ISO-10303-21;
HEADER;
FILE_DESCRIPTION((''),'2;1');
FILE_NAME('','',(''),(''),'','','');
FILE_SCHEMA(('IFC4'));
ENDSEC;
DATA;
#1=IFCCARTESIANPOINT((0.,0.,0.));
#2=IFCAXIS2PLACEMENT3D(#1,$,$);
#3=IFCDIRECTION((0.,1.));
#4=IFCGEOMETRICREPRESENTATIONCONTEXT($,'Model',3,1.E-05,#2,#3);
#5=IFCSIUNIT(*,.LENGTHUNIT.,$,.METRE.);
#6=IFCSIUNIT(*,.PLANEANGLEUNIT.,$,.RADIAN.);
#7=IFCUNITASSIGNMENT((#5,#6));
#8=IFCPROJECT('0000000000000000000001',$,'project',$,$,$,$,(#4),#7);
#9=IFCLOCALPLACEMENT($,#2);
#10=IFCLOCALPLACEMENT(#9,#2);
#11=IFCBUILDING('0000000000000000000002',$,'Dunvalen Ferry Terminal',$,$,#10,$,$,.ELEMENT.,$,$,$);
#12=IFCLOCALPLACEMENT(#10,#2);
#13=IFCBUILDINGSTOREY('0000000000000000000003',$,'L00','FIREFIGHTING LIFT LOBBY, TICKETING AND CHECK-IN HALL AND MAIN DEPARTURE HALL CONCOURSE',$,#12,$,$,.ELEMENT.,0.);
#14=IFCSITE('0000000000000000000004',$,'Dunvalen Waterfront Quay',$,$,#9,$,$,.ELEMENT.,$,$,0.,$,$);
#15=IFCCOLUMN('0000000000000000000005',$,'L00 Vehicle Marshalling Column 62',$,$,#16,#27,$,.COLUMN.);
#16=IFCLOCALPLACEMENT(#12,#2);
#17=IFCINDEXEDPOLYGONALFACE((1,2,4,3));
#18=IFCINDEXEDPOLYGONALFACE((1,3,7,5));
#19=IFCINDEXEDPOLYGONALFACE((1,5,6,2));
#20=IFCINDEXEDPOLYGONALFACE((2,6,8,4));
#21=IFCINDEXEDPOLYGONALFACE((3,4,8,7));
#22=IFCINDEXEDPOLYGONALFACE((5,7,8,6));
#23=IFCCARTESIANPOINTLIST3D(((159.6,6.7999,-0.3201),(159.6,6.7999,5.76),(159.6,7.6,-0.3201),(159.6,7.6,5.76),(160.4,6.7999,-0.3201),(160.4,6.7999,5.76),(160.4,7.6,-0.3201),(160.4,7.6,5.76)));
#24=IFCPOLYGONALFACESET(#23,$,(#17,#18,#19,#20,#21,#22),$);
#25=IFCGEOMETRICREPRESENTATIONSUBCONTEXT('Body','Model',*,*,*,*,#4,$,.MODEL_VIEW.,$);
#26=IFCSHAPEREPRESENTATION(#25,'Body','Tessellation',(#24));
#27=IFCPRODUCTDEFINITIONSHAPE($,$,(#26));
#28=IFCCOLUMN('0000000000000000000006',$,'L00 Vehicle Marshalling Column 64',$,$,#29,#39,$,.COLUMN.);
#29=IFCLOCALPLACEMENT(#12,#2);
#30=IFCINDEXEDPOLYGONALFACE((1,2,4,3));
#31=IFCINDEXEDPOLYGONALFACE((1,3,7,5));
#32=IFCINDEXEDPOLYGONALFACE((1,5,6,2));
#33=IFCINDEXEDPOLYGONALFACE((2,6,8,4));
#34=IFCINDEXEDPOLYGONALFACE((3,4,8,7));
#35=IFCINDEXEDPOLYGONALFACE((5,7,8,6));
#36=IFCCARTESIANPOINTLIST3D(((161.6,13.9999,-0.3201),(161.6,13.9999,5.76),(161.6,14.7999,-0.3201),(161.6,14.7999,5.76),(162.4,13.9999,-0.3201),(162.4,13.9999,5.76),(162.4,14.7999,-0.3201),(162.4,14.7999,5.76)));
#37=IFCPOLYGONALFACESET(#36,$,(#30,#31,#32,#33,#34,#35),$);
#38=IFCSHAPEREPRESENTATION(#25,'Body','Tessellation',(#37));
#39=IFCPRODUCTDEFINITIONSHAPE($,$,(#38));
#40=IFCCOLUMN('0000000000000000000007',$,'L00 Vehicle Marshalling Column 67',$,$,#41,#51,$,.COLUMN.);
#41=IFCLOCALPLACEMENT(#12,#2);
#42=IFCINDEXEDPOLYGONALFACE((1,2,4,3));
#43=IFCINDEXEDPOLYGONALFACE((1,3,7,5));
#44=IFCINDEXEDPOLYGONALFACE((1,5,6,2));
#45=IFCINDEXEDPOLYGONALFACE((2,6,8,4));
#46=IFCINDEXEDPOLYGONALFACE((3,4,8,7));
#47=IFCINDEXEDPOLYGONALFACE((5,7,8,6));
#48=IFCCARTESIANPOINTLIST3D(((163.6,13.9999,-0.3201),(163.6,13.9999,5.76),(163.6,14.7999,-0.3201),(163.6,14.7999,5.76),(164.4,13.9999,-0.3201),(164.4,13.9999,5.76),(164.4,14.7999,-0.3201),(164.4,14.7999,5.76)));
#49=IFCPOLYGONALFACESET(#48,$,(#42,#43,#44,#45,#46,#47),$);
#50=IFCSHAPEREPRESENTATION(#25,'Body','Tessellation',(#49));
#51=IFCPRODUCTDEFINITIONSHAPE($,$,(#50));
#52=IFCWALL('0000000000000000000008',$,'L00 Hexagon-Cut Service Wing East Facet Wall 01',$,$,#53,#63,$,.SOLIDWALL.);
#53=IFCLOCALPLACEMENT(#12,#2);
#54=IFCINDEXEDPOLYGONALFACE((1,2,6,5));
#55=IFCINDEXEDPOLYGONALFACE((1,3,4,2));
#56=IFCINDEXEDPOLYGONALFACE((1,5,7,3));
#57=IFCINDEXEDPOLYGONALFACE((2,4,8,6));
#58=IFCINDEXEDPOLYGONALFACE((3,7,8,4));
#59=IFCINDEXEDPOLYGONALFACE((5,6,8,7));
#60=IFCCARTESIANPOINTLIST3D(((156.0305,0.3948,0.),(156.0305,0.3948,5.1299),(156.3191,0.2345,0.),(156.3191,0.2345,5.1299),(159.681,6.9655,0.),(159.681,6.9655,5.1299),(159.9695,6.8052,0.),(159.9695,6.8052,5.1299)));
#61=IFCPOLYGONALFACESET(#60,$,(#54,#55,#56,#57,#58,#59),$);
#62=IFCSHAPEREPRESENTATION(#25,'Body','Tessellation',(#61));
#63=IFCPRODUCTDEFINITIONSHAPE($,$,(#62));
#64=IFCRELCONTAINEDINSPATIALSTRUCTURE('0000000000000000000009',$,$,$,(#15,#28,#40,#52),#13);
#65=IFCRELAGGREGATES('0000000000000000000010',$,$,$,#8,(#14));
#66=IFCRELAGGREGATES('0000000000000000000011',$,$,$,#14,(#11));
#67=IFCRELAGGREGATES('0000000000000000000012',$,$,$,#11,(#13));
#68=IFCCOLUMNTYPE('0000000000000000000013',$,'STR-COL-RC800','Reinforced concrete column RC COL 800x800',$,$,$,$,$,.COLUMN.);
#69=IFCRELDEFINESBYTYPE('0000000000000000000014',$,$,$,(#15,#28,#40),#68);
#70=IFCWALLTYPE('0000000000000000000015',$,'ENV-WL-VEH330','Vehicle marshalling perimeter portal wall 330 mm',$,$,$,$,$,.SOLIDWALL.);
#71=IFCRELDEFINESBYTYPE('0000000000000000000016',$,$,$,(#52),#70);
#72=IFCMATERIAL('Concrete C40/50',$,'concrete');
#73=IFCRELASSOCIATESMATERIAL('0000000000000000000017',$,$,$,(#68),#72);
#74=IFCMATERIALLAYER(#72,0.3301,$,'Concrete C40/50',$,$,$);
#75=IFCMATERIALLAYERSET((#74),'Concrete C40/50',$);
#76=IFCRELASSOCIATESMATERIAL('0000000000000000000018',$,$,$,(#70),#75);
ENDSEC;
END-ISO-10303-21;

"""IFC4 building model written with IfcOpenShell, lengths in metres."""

from ifc_helpers import new_model, si_unit, direction, frame, frame_2d, origin, origin_2d, place, context, subcontext, project, spatial, rectangle, extrude, material, layer, layer_set, material_profile, profile_set, type_object, element, save


model = new_model("IFC4")

# Units and contexts
model_context = context("Model", 3, precision=1e-05, world=origin(), true_north=direction((0.0, 1.0)))
body_context = subcontext(model_context, "Body", "Model", "MODEL_VIEW")
ifc_project = project(units=[si_unit("LENGTHUNIT", "METRE"), si_unit("PLANEANGLEUNIT", "RADIAN")], contexts=[model_context])

# Site, building, storey
site_placement = place(None, origin())
site = spatial("IfcSite", under=ifc_project, at=site_placement, Name="Dunvalen Waterfront Quay", CompositionType="ELEMENT", RefElevation=0.0)
building_placement = place(site_placement, origin())
building = spatial("IfcBuilding", under=site, at=building_placement, Name="Dunvalen Ferry Terminal", CompositionType="ELEMENT")
storey_placement = place(building_placement, origin())
storey = spatial("IfcBuildingStorey", under=building, at=storey_placement, Name="L00", Description="FIREFIGHTING LIFT LOBBY, TICKETING AND CHECK-IN HALL AND MAIN DEPARTURE HALL CONCOURSE", CompositionType="ELEMENT", Elevation=0.0)

# Shared definitions
ifc_material_1 = material(Name="Concrete C40/50", Category="concrete")

# Columns
ifc_material_profile_1 = material_profile(ifc_material_1, rectangle(XDim=0.8, YDim=0.8, at=origin_2d()), Name="Concrete C40/50")
ifc_profile_set_1 = profile_set([ifc_material_profile_1], Name="Concrete C40/50")
column_type = type_object("IfcColumnType", Name="STR-COL-RC800", Description="Reinforced concrete column RC COL 800x800", PredefinedType="COLUMN", material=ifc_profile_set_1)
for number, where, z_axis, x_axis, name in (
    (1, (160.0, 7.2, -0.3201), (0.0, 0.0, 1.0), (1.0, 0.0, 0.0), "L00 Vehicle Marshalling Column 62"),
    (2, (162.0, 14.3999, -0.3201), (0.0, 0.0, 1.0), (1.0, 0.0, 0.0), "L00 Vehicle Marshalling Column 64"),
    (3, (164.0, 14.3999, -0.3201), (0.0, 0.0, 1.0), (1.0, 0.0, 0.0), "L00 Vehicle Marshalling Column 67"),
):
    element("IfcColumn", number, at=place(storey_placement, frame(where, z_axis=z_axis, x_axis=x_axis)), inside=storey, type_object=column_type, Name=name, PredefinedType="COLUMN", context=body_context, shape_type="SweptSolid", body=[
        extrude(rectangle(XDim=0.8, YDim=0.8, at=origin_2d()), origin(), (0.0, 0.0, 1.0), 6.0801),
    ])

# Wall
ifc_layer = layer(ifc_material_1, 0.3301, Name="Concrete C40/50")
ifc_layer_set = layer_set([ifc_layer], Name="Concrete C40/50")
wall_type = type_object("IfcWallType", Name="ENV-WL-VEH330", Description="Vehicle marshalling perimeter portal wall 330 mm", PredefinedType="SOLIDWALL", material=ifc_layer_set)
wall_1_placement = place(storey_placement, frame((156.1748, 0.3147, 0.0), z_axis=(0.0, 0.0, 1.0), x_axis=(0.485651, 0.874153, 0.0)))
element("IfcWall", 4, at=wall_1_placement, inside=storey, type_object=wall_type, Name="L00 Hexagon-Cut Service Wing East Facet Wall 01", PredefinedType="SOLIDWALL", context=body_context, shape_type="SweptSolid", body=[
    extrude(rectangle(XDim=7.5166, YDim=0.3301, at=frame_2d((3.7583, 0.0))), origin(), (0.0, 0.0, 1.0), 5.1299),
])

save(model, "model.ifc")
